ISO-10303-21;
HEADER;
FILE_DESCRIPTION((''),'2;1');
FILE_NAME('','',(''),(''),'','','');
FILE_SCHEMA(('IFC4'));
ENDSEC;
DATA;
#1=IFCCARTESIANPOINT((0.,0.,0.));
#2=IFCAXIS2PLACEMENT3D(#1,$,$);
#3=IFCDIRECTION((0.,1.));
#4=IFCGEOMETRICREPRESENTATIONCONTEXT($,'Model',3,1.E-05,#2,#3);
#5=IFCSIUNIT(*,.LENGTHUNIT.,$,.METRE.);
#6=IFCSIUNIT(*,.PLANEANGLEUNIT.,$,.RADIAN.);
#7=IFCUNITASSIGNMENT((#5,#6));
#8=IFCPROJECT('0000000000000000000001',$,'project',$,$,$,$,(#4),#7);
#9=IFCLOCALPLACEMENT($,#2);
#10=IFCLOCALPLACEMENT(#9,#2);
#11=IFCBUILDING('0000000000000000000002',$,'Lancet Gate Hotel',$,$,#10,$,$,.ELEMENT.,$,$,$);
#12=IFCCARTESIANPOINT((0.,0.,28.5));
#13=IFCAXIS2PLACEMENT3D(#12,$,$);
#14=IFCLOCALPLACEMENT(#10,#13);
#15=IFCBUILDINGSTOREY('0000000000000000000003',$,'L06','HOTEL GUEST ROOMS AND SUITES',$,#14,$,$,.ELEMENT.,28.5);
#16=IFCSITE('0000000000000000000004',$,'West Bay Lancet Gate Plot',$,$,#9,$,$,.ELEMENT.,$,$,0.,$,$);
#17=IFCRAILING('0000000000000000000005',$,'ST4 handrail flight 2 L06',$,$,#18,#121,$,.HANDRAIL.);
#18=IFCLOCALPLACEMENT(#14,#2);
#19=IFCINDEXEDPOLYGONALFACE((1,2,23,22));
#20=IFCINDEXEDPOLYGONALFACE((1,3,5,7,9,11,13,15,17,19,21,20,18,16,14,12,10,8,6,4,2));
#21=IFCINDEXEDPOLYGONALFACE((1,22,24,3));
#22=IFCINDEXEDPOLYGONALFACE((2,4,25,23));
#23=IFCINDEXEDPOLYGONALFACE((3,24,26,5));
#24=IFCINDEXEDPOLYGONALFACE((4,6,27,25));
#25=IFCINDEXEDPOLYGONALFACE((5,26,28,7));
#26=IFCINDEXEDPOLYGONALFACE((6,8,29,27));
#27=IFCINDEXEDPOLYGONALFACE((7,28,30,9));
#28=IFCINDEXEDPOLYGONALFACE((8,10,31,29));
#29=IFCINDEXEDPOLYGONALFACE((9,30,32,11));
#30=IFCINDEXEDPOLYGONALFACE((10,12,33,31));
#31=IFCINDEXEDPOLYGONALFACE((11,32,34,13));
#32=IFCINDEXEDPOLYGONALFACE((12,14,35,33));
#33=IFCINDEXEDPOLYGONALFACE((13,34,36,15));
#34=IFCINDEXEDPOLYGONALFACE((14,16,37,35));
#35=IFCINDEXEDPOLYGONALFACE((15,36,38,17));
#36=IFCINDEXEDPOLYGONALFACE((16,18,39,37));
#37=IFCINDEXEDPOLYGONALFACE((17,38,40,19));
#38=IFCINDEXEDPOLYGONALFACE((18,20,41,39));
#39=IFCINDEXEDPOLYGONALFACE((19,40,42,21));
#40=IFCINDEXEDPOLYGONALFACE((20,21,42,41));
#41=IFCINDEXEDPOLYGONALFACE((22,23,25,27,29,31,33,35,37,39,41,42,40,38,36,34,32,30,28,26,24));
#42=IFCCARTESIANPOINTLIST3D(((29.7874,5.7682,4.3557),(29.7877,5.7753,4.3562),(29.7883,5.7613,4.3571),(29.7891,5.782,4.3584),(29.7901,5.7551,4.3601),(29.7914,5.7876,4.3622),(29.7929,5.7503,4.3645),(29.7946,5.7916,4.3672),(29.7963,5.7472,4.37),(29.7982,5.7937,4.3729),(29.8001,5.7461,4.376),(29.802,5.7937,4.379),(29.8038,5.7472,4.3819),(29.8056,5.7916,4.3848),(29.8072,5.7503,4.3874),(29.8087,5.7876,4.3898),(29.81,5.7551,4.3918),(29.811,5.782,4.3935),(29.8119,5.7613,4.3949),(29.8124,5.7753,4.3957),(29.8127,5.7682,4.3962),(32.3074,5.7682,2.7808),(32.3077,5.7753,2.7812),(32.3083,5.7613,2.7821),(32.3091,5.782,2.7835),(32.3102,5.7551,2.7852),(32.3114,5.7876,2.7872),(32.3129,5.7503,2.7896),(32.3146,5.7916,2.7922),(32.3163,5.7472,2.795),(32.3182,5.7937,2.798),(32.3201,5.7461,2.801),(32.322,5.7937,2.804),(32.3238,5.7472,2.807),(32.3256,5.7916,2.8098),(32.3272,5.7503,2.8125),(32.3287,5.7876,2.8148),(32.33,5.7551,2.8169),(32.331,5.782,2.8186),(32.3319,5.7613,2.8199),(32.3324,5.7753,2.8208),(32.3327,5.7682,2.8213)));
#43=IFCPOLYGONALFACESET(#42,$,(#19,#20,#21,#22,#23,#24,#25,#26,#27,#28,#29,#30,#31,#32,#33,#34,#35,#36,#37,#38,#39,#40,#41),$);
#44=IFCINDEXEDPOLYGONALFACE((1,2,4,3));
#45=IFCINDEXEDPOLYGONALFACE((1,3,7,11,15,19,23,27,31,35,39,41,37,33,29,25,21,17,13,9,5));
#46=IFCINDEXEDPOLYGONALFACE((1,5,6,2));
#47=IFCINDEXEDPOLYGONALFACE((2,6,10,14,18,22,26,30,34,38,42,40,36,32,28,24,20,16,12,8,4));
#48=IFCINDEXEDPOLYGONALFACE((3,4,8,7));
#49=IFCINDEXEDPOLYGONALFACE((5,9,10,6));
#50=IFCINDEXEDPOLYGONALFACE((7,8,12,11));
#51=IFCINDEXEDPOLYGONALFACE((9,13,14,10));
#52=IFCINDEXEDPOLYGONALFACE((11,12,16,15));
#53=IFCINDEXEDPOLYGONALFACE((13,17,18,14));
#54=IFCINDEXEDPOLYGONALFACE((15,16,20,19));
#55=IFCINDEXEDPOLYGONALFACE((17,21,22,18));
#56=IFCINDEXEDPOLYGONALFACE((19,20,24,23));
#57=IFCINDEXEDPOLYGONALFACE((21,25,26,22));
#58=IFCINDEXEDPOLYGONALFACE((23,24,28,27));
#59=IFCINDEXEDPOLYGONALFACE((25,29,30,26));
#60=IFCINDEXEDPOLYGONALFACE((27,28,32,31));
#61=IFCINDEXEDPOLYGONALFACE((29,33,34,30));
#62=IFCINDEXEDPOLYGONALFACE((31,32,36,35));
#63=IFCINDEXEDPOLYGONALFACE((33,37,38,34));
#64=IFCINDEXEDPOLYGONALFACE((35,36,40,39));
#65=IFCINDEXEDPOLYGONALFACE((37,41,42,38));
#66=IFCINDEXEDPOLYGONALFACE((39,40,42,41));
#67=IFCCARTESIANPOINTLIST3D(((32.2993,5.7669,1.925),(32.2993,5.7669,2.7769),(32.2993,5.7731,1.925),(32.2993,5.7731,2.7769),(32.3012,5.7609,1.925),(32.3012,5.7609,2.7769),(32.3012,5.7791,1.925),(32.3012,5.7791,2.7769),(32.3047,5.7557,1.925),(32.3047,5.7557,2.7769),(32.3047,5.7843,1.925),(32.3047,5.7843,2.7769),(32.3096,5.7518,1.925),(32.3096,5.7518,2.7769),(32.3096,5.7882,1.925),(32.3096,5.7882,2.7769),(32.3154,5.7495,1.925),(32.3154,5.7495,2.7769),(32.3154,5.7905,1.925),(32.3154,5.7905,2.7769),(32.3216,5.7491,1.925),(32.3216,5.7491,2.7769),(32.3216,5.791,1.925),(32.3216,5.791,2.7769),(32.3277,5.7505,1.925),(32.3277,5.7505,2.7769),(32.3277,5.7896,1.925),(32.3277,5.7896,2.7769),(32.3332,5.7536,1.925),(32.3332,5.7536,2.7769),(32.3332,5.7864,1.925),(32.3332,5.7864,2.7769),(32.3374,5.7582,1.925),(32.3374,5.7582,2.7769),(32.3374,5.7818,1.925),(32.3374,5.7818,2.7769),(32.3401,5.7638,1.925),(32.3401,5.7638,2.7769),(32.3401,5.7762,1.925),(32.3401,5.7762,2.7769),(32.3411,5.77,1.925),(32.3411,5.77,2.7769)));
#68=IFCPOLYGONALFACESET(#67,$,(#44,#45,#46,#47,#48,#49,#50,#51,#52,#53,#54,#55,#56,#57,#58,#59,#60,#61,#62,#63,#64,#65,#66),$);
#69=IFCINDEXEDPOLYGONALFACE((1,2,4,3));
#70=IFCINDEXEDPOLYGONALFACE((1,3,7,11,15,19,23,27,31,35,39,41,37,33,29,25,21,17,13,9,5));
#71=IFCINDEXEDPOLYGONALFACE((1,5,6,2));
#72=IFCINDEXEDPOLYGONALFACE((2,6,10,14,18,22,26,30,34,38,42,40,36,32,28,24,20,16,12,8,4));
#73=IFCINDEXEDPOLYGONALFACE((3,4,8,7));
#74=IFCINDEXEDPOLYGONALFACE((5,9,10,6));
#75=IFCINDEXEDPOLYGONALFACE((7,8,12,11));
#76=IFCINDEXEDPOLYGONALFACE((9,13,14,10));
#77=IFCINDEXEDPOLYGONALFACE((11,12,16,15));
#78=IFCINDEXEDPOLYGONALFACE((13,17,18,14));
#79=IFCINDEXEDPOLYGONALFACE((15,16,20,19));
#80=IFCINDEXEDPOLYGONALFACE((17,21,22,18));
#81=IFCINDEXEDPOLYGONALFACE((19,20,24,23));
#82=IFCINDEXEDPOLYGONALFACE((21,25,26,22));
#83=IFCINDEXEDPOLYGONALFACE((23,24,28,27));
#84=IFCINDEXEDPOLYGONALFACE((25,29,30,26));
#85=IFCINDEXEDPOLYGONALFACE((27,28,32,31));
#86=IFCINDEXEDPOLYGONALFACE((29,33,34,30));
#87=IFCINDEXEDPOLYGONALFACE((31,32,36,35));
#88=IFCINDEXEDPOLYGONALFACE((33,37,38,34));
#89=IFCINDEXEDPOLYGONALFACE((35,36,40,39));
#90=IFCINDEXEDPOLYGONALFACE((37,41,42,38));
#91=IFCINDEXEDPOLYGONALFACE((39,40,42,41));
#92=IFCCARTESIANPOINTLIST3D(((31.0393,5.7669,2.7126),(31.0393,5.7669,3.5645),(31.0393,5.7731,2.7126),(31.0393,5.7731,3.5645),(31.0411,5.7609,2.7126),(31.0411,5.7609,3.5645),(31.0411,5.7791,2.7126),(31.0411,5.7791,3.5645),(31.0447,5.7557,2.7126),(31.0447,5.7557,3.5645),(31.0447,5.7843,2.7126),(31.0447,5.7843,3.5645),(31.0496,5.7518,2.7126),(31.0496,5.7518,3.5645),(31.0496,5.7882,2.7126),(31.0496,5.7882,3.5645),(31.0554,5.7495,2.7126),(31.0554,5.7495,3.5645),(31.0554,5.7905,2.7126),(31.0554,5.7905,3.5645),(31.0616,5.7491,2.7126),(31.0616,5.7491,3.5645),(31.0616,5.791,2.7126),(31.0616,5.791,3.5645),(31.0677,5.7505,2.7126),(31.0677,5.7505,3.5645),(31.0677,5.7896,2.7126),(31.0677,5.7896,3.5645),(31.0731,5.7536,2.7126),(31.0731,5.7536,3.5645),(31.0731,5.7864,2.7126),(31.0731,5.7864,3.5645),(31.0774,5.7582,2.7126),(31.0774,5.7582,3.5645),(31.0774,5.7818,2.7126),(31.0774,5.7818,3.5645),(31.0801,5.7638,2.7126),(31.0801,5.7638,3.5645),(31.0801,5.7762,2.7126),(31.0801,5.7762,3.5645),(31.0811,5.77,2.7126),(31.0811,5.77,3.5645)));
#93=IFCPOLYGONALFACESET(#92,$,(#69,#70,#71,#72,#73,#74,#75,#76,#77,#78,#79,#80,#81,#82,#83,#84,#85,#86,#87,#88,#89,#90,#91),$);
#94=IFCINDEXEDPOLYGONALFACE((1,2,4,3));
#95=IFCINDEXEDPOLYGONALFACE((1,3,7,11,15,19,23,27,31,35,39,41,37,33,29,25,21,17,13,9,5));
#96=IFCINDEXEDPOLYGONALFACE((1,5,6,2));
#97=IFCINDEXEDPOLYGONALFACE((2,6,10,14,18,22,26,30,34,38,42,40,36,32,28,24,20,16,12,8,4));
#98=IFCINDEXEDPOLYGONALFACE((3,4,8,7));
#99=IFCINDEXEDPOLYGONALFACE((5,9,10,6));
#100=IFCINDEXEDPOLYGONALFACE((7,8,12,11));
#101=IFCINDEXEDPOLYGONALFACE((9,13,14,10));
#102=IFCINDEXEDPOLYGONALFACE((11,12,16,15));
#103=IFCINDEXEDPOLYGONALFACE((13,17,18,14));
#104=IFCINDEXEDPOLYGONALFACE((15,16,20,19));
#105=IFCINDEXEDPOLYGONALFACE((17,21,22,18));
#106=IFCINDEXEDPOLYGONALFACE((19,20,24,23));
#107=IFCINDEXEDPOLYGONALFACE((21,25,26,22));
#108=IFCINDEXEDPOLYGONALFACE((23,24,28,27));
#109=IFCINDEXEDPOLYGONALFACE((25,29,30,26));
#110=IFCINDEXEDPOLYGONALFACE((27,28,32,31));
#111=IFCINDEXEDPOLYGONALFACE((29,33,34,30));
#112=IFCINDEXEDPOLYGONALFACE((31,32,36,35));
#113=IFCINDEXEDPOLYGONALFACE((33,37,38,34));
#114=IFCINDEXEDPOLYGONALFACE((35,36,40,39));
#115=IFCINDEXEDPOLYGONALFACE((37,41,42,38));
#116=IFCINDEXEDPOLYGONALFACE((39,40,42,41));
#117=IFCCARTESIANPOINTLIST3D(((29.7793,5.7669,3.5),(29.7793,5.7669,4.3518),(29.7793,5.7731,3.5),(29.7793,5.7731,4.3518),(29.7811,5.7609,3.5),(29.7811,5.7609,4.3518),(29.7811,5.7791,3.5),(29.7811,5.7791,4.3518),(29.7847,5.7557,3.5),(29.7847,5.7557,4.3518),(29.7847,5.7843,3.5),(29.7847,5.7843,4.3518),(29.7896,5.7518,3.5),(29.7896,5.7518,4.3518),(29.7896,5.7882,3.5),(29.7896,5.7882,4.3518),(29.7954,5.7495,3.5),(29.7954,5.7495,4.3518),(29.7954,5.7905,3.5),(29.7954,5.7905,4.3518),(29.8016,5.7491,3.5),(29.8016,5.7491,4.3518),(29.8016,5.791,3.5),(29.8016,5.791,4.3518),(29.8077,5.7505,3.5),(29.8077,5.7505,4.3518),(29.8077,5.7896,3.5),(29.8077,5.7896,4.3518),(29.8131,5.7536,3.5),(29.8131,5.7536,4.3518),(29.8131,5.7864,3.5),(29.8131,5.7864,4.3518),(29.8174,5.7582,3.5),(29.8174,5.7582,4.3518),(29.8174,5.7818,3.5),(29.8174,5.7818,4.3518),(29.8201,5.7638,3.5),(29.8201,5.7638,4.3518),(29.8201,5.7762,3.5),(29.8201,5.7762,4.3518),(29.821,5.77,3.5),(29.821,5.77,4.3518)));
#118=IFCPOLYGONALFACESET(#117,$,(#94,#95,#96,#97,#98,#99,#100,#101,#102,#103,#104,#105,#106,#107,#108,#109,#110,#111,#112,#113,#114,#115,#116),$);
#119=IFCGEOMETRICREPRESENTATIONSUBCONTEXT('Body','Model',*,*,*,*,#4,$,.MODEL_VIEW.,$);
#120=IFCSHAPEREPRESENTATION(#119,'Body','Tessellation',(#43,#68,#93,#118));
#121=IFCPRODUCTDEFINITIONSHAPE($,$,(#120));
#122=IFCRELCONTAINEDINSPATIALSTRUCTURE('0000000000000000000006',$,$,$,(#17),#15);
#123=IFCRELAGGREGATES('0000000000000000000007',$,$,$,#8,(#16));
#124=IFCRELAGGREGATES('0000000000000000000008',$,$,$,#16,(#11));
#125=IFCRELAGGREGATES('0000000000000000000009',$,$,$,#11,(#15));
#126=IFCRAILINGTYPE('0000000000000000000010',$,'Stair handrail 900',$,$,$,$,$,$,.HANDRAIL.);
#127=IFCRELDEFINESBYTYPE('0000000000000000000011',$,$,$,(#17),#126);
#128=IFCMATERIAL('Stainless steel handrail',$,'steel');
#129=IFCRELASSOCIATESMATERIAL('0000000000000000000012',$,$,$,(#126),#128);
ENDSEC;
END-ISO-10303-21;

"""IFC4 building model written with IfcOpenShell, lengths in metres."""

from ifc_helpers import new_model, si_unit, direction, frame, origin, origin_2d, place, context, subcontext, project, spatial, circle, extrude, material, type_object, element, save


model = new_model("IFC4")

# Units and contexts
model_context = context("Model", 3, precision=1e-05, world=origin(), true_north=direction((0.0, 1.0)))
body_context = subcontext(model_context, "Body", "Model", "MODEL_VIEW")
ifc_project = project(units=[si_unit("LENGTHUNIT", "METRE"), si_unit("PLANEANGLEUNIT", "RADIAN")], contexts=[model_context])

# Site, building, storey
site_placement = place(None, origin())
site = spatial("IfcSite", under=ifc_project, at=site_placement, Name="West Bay Lancet Gate Plot", CompositionType="ELEMENT", RefElevation=0.0)
building_placement = place(site_placement, origin())
building = spatial("IfcBuilding", under=site, at=building_placement, Name="Lancet Gate Hotel", CompositionType="ELEMENT")
storey_placement = place(building_placement, frame((0.0, 0.0, 28.5)))
storey = spatial("IfcBuildingStorey", under=building, at=storey_placement, Name="L06", Description="HOTEL GUEST ROOMS AND SUITES", CompositionType="ELEMENT", Elevation=28.5)

# Railing
ifc_material_1 = material(Name="Stainless steel handrail", Category="steel")
railing_type = type_object("IfcRailingType", Name="Stair handrail 900", PredefinedType="HANDRAIL", material=ifc_material_1)
railing_1_placement = place(storey_placement, frame((32.3201, 5.77, 1.925)))
element("IfcRailing", 1, at=railing_1_placement, inside=storey, type_object=railing_type, Name="ST4 handrail flight 2 L06", PredefinedType="HANDRAIL", context=body_context, shape_type="SweptSolid", body=[
    extrude(circle(Radius=0.0239, at=origin_2d()), frame((0.0, 0.0, 0.876), z_axis=(-0.848008, 0.0, 0.529984), x_axis=(0.0, -1.0, 0.0)), (0.0, 0.0, 1.0), 2.9717),
    extrude(circle(Radius=0.021, at=origin_2d()), origin(), (0.0, 0.0, 1.0), 0.8518),
    extrude(circle(Radius=0.021, at=origin_2d()), frame((-1.26, 0.0, 0.7876)), (0.0, 0.0, 1.0), 0.8518),
    extrude(circle(Radius=0.021, at=origin_2d()), frame((-2.52, 0.0, 1.575)), (0.0, 0.0, 1.0), 0.8518),
])

save(model, "model.ifc")
